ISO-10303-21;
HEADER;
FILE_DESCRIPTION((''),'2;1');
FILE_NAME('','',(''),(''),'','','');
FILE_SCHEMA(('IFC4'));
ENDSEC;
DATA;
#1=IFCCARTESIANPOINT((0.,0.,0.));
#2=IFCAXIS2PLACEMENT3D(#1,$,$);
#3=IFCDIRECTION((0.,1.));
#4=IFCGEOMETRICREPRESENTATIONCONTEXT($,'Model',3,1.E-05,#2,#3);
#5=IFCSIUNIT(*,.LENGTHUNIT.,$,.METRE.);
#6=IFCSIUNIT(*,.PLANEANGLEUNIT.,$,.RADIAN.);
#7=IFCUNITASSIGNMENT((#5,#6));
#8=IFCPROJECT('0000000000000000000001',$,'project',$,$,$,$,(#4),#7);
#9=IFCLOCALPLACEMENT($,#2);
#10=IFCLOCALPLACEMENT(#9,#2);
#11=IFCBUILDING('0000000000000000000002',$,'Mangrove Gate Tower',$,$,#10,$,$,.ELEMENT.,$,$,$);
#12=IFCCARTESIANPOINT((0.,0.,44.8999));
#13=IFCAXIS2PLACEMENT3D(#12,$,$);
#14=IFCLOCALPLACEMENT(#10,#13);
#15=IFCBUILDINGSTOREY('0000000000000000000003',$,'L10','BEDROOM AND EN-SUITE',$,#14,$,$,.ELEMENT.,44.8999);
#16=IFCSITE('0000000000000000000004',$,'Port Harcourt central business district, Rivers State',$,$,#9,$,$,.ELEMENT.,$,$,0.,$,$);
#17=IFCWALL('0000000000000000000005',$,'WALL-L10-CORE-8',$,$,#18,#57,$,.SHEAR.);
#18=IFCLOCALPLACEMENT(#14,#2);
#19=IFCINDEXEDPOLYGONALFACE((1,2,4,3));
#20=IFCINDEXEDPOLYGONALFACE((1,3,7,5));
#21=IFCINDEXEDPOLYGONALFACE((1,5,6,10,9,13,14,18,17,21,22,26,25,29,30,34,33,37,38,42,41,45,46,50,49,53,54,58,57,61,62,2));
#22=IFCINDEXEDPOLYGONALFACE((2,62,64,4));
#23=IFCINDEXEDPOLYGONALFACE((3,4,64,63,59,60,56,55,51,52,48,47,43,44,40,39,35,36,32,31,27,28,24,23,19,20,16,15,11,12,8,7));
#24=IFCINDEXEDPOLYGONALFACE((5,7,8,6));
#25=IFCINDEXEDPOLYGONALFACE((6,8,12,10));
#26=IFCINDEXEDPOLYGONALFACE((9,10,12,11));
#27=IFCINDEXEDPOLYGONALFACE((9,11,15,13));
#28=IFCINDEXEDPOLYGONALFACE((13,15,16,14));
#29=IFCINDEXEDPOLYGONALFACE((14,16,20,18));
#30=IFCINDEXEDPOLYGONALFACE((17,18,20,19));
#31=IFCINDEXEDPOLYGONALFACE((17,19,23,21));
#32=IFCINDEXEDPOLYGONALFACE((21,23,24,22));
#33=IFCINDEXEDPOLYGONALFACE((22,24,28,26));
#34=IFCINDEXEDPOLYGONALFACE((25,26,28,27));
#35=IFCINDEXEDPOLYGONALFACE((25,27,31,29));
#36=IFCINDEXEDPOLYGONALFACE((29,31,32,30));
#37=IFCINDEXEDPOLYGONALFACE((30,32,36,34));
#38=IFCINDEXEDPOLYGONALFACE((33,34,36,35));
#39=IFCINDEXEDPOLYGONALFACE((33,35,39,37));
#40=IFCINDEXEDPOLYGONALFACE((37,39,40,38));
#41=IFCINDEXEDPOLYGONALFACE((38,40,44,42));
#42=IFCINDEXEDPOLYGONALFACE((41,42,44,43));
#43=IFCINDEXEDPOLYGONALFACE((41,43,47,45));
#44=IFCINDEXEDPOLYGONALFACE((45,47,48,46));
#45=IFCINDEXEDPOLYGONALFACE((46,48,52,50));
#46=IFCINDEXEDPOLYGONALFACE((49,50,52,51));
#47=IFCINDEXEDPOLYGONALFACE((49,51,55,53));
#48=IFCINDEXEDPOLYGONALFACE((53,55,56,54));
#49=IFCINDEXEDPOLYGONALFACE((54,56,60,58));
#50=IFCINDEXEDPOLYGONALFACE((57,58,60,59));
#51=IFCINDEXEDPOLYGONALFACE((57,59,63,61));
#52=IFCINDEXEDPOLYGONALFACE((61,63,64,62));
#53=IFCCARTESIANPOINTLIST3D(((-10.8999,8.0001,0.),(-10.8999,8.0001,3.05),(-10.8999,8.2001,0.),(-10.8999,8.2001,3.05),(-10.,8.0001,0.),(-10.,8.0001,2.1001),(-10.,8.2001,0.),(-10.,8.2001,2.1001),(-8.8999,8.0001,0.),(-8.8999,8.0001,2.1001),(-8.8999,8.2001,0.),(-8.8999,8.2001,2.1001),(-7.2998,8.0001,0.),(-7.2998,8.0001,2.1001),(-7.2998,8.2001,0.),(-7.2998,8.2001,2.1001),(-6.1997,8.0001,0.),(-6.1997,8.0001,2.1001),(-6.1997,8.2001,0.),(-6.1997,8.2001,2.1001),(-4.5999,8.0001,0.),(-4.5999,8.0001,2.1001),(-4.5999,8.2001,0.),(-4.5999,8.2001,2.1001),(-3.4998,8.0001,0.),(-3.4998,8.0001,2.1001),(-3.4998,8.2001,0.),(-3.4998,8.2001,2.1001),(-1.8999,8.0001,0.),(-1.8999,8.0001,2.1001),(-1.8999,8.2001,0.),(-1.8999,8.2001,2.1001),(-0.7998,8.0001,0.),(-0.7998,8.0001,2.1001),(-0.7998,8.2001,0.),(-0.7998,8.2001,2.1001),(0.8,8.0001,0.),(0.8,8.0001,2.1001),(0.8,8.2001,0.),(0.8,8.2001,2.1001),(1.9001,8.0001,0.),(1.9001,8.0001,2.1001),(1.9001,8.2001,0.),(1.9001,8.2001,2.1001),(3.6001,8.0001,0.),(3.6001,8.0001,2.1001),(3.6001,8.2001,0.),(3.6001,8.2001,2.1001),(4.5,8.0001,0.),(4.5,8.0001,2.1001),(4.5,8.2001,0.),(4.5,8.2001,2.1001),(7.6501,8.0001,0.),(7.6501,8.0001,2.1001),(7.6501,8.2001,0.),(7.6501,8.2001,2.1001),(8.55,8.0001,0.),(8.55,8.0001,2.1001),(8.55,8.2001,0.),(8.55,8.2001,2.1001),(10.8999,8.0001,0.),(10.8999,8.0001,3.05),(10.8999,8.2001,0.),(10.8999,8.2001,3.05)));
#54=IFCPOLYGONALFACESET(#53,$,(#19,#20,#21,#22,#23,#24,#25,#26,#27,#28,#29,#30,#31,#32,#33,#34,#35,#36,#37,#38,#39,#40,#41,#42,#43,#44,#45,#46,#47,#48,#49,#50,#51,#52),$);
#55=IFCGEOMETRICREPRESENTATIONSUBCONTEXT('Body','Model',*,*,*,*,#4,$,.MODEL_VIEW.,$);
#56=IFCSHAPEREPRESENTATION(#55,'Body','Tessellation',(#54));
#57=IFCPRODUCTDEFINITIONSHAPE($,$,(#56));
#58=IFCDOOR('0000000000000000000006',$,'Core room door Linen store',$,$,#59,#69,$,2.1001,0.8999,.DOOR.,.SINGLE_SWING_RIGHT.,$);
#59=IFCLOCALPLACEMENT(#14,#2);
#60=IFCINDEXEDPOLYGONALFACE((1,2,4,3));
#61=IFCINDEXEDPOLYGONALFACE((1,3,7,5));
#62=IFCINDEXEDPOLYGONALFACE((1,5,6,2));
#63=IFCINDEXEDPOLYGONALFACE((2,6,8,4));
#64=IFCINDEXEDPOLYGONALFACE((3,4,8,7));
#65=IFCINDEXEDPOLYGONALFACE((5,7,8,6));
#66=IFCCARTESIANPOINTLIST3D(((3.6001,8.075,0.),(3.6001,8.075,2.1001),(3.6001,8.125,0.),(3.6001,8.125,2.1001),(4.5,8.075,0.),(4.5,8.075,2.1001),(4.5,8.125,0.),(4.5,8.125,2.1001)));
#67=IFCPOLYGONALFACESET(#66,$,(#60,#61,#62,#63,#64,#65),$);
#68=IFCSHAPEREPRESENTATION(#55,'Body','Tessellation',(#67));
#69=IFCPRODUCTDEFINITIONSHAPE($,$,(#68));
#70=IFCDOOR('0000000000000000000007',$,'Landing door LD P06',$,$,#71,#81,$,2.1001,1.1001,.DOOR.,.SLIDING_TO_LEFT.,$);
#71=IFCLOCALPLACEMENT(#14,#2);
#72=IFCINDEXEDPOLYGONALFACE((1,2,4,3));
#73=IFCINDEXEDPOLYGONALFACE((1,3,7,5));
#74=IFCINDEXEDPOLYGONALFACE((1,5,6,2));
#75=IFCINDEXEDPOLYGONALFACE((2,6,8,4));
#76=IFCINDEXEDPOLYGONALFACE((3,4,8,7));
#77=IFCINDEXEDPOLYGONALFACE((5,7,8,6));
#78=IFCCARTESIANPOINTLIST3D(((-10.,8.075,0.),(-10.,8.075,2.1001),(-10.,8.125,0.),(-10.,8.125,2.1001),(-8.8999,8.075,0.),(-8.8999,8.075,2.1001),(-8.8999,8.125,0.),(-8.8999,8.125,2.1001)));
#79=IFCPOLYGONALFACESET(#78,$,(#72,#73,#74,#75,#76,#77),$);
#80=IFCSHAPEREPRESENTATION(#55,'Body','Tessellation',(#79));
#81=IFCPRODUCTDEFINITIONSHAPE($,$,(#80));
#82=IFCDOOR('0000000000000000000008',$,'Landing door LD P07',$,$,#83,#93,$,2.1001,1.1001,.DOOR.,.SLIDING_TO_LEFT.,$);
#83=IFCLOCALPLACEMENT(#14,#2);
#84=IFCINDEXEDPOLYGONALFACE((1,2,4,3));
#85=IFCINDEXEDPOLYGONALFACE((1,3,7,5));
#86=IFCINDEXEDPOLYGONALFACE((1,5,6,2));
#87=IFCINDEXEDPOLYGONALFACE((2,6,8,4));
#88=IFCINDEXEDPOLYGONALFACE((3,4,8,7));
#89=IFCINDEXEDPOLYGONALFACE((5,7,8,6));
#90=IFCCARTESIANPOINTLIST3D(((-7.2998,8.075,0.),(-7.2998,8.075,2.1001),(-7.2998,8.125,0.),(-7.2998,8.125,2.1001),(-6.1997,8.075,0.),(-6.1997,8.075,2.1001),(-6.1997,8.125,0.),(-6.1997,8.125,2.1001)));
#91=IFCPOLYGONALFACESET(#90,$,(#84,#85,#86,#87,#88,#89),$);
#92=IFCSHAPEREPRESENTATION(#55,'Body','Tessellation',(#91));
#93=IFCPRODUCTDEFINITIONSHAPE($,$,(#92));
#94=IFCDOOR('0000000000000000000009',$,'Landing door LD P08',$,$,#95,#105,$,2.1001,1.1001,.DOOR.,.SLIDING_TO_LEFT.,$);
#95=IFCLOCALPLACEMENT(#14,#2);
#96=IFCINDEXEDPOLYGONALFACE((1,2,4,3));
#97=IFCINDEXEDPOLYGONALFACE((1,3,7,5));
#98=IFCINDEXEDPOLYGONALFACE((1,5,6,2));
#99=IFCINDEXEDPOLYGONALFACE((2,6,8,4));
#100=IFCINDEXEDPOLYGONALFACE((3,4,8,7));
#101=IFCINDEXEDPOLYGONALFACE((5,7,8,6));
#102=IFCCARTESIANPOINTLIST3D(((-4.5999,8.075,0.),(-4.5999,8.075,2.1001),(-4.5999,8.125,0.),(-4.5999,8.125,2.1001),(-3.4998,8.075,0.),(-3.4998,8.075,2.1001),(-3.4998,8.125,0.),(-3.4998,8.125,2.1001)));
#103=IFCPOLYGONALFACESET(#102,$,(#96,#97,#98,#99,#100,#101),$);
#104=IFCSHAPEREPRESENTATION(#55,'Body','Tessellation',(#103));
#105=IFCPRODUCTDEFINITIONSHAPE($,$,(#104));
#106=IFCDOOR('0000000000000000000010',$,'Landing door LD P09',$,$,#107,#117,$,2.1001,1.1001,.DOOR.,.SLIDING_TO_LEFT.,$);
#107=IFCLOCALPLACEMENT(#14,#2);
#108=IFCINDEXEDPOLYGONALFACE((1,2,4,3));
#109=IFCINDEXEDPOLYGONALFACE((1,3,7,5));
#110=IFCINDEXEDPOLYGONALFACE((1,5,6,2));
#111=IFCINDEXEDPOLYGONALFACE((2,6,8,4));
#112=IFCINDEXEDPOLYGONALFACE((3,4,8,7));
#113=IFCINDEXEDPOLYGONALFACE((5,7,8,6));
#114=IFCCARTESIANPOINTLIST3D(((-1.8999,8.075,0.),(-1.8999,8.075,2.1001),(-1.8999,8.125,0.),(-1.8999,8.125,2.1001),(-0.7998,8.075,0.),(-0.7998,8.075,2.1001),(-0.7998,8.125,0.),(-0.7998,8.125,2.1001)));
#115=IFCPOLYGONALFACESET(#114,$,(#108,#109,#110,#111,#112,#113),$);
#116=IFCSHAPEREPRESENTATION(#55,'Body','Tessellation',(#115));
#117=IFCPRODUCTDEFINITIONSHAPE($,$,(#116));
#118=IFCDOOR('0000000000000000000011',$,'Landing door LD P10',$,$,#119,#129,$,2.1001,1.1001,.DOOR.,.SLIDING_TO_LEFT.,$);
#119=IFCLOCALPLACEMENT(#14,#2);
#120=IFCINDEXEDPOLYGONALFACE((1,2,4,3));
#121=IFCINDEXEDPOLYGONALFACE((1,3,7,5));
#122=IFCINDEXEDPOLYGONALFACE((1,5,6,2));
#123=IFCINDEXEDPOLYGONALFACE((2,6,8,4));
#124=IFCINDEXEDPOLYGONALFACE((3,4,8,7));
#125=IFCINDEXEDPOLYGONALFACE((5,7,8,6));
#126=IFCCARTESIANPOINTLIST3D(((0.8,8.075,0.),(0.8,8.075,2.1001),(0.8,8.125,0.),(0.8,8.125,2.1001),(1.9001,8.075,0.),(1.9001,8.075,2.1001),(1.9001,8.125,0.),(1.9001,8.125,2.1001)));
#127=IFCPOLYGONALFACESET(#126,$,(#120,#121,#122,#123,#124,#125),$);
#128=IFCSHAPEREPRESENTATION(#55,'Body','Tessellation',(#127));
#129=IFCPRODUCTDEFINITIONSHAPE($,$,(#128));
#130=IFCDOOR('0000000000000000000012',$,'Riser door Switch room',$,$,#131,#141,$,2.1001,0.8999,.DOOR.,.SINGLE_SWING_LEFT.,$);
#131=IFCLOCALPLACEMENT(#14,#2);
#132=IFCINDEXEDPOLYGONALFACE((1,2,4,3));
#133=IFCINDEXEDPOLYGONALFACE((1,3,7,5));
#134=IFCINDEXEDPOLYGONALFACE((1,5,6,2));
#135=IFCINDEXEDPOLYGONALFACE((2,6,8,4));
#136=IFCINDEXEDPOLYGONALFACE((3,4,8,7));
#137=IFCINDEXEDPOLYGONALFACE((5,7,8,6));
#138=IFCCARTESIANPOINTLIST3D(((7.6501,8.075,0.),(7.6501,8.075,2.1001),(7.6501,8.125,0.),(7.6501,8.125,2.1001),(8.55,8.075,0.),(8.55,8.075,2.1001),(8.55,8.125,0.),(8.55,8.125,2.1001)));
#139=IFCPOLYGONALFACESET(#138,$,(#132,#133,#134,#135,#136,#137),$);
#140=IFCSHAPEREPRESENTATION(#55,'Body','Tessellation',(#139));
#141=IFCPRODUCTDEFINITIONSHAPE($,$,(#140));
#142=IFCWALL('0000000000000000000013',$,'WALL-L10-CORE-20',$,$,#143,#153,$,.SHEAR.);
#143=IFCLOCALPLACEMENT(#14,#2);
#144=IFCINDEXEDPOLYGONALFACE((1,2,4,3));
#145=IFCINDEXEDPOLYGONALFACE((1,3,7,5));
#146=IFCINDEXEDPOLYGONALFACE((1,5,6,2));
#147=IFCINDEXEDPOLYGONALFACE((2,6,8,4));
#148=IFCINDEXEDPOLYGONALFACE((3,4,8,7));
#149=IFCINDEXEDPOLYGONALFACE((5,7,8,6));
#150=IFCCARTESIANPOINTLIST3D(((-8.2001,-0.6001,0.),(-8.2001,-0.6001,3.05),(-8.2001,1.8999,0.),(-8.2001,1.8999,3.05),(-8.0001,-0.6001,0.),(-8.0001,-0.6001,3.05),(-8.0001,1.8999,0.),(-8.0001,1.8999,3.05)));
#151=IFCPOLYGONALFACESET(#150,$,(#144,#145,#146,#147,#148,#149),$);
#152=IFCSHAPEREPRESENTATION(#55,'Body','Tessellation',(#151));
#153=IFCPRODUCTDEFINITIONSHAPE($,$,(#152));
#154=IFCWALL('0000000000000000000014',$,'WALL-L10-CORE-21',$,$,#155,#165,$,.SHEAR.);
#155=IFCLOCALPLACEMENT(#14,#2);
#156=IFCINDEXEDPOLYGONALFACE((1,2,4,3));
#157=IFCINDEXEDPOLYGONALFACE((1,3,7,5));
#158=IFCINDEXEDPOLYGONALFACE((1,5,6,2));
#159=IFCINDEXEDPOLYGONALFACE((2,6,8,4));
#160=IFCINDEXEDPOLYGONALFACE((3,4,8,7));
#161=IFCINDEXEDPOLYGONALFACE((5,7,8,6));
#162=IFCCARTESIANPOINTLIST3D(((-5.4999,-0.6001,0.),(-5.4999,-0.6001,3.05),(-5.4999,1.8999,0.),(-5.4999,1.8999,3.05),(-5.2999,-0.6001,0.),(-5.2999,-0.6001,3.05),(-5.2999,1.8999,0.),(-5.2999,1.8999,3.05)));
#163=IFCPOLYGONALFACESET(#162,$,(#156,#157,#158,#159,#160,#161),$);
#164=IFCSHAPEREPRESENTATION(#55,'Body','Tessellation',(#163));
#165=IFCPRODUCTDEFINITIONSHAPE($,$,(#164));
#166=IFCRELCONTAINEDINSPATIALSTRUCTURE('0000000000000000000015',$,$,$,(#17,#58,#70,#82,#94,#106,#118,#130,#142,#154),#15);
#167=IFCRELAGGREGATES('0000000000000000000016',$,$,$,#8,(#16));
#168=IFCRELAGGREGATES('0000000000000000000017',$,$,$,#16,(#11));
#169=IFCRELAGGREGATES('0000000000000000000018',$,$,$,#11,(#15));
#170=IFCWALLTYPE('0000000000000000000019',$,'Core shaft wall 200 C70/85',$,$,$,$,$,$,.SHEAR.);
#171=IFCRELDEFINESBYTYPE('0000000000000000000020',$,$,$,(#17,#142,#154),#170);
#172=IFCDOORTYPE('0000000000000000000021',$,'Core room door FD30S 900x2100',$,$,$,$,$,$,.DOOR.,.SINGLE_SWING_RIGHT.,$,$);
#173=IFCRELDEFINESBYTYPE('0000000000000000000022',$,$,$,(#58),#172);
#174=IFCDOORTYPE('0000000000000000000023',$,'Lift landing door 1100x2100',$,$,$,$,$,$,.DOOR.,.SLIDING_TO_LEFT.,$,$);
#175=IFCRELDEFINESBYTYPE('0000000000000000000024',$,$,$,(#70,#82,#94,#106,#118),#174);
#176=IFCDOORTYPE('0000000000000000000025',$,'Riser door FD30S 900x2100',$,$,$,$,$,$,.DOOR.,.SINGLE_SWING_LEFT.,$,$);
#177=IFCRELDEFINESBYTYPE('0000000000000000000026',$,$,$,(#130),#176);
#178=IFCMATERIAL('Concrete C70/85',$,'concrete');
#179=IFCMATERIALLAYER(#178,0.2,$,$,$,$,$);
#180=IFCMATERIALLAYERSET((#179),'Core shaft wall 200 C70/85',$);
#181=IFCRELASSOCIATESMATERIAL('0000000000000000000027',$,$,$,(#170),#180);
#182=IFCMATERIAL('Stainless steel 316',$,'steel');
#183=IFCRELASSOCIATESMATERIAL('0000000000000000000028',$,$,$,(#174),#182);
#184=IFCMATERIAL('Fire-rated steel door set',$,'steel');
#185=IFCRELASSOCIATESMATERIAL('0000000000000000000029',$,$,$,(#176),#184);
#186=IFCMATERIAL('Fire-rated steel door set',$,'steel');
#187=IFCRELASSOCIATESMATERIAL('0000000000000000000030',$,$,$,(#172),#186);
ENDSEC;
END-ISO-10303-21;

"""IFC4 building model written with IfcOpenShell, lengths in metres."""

from ifc_helpers import new_model, si_unit, direction, frame, frame_2d, origin, place, context, subcontext, project, spatial, rectangle, extrude, material, layer, layer_set, type_object, element, fill, save


model = new_model("IFC4")

# Units and contexts
model_context = context("Model", 3, precision=1e-05, world=origin(), true_north=direction((0.0, 1.0)))
body_context = subcontext(model_context, "Body", "Model", "MODEL_VIEW")
ifc_project = project(units=[si_unit("LENGTHUNIT", "METRE"), si_unit("PLANEANGLEUNIT", "RADIAN")], contexts=[model_context])

# Site, building, storey
site_placement = place(None, origin())
site = spatial("IfcSite", under=ifc_project, at=site_placement, Name="Port Harcourt central business district, Rivers State", CompositionType="ELEMENT", RefElevation=0.0)
building_placement = place(site_placement, origin())
building = spatial("IfcBuilding", under=site, at=building_placement, Name="Mangrove Gate Tower", CompositionType="ELEMENT")
storey_placement = place(building_placement, frame((0.0, 0.0, 44.8999)))
storey = spatial("IfcBuildingStorey", under=building, at=storey_placement, Name="L10", Description="BEDROOM AND EN-SUITE", CompositionType="ELEMENT", Elevation=44.8999)

# Wall, openings, doors
ifc_material_1 = material(Name="Concrete C70/85", Category="concrete")
ifc_layer = layer(ifc_material_1, 0.2)
ifc_layer_set = layer_set([ifc_layer], Name="Core shaft wall 200 C70/85")
wall_type = type_object("IfcWallType", Name="Core shaft wall 200 C70/85", PredefinedType="SHEAR", material=ifc_layer_set)
ifc_material_2 = material(Name="Stainless steel 316", Category="steel")
door_type_1 = type_object("IfcDoorType", Name="Lift landing door 1100x2100", OperationType="SLIDING_TO_LEFT", PredefinedType="DOOR", material=ifc_material_2)
ifc_material_3 = material(Name="Fire-rated steel door set", Category="steel")
door_type_2 = type_object("IfcDoorType", Name="Riser door FD30S 900x2100", OperationType="SINGLE_SWING_LEFT", PredefinedType="DOOR", material=ifc_material_3)
wall_1_placement = place(storey_placement, frame((-10.8999, 8.1001, 0.0), z_axis=(0.0, 0.0, 1.0), x_axis=(1.0, 0.0, 0.0)))
wall_1 = element("IfcWall", 1, at=wall_1_placement, inside=storey, type_object=wall_type, Name="WALL-L10-CORE-8", PredefinedType="SHEAR", context=body_context, shape_type="SweptSolid", body=[
    extrude(rectangle(XDim=21.7998, YDim=0.2, at=frame_2d((10.8999, 0.0))), origin(), (0.0, 0.0, 1.0), 3.05),
])
opening_1_placement = place(wall_1_placement, frame((0.8999, 0.0, 0.0)))
opening_1 = element("IfcOpeningElement", 2, at=opening_1_placement, cuts=wall_1, PredefinedType="OPENING", context=body_context, shape_type="SweptSolid", body=[
    extrude(rectangle(XDim=1.1001, YDim=2.1001, at=frame_2d((0.55, 1.05))), frame((0.0, 0.1099, 0.0), z_axis=(0.0, -1.0, 0.0), x_axis=(1.0, 0.0, 0.0)), (0.0, 0.0, 1.0), 0.22),
])
opening_2_placement = place(wall_1_placement, frame((3.6001, 0.0, 0.0)))
opening_2 = element("IfcOpeningElement", 3, at=opening_2_placement, cuts=wall_1, PredefinedType="OPENING", context=body_context, shape_type="SweptSolid", body=[
    extrude(rectangle(XDim=1.1001, YDim=2.1001, at=frame_2d((0.55, 1.05))), frame((0.0, 0.1099, 0.0), z_axis=(0.0, -1.0, 0.0), x_axis=(1.0, 0.0, 0.0)), (0.0, 0.0, 1.0), 0.22),
])
opening_3_placement = place(wall_1_placement, frame((6.3, 0.0, 0.0)))
opening_3 = element("IfcOpeningElement", 4, at=opening_3_placement, cuts=wall_1, PredefinedType="OPENING", context=body_context, shape_type="SweptSolid", body=[
    extrude(rectangle(XDim=1.1001, YDim=2.1001, at=frame_2d((0.55, 1.05))), frame((0.0, 0.1099, 0.0), z_axis=(0.0, -1.0, 0.0), x_axis=(1.0, 0.0, 0.0)), (0.0, 0.0, 1.0), 0.22),
])
opening_4_placement = place(wall_1_placement, frame((9.0, 0.0, 0.0)))
opening_4 = element("IfcOpeningElement", 5, at=opening_4_placement, cuts=wall_1, PredefinedType="OPENING", context=body_context, shape_type="SweptSolid", body=[
    extrude(rectangle(XDim=1.1001, YDim=2.1001, at=frame_2d((0.55, 1.05))), frame((0.0, 0.1099, 0.0), z_axis=(0.0, -1.0, 0.0), x_axis=(1.0, 0.0, 0.0)), (0.0, 0.0, 1.0), 0.22),
])
opening_5_placement = place(wall_1_placement, frame((11.7, 0.0, 0.0)))
opening_5 = element("IfcOpeningElement", 6, at=opening_5_placement, cuts=wall_1, PredefinedType="OPENING", context=body_context, shape_type="SweptSolid", body=[
    extrude(rectangle(XDim=1.1001, YDim=2.1001, at=frame_2d((0.55, 1.05))), frame((0.0, 0.1099, 0.0), z_axis=(0.0, -1.0, 0.0), x_axis=(1.0, 0.0, 0.0)), (0.0, 0.0, 1.0), 0.22),
])
opening_6_placement = place(wall_1_placement, frame((14.5, 0.0, 0.0)))
opening_6 = element("IfcOpeningElement", 7, at=opening_6_placement, cuts=wall_1, PredefinedType="OPENING", context=body_context, shape_type="SweptSolid", body=[
    extrude(rectangle(XDim=0.8999, YDim=2.1001, at=frame_2d((0.45, 1.05))), frame((0.0, 0.1099, 0.0), z_axis=(0.0, -1.0, 0.0), x_axis=(1.0, 0.0, 0.0)), (0.0, 0.0, 1.0), 0.22),
])
opening_7_placement = place(wall_1_placement, frame((18.55, 0.0, 0.0)))
opening_7 = element("IfcOpeningElement", 8, at=opening_7_placement, cuts=wall_1, PredefinedType="OPENING", context=body_context, shape_type="SweptSolid", body=[
    extrude(rectangle(XDim=0.8999, YDim=2.1001, at=frame_2d((0.45, 1.05))), frame((0.0, 0.1099, 0.0), z_axis=(0.0, -1.0, 0.0), x_axis=(1.0, 0.0, 0.0)), (0.0, 0.0, 1.0), 0.22),
])
ifc_material_4 = material(Name="Fire-rated steel door set", Category="steel")
door_type_3 = type_object("IfcDoorType", Name="Core room door FD30S 900x2100", OperationType="SINGLE_SWING_RIGHT", PredefinedType="DOOR", material=ifc_material_4)
door_1_placement = place(opening_6_placement, origin())
door_1 = element("IfcDoor", 9, at=door_1_placement, inside=storey, type_object=door_type_3, Name="Core room door Linen store", OperationType="SINGLE_SWING_RIGHT", OverallHeight=2.1001, OverallWidth=0.8999, PredefinedType="DOOR", context=body_context, shape_type="SweptSolid", body=[
    extrude(rectangle(XDim=0.8999, YDim=2.1001, at=frame_2d((0.45, 1.05))), frame((0.0, 0.0249, 0.0), z_axis=(0.0, -1.0, 0.0), x_axis=(1.0, 0.0, 0.0)), (0.0, 0.0, 1.0), 0.05),
])
fill(opening_6, door_1)
door_2_placement = place(opening_1_placement, origin())
door_2 = element("IfcDoor", 10, at=door_2_placement, inside=storey, type_object=door_type_1, Name="Landing door LD P06", OperationType="SLIDING_TO_LEFT", OverallHeight=2.1001, OverallWidth=1.1001, PredefinedType="DOOR", context=body_context, shape_type="SweptSolid", body=[
    extrude(rectangle(XDim=1.1001, YDim=2.1001, at=frame_2d((0.55, 1.05))), frame((0.0, 0.0249, 0.0), z_axis=(0.0, -1.0, 0.0), x_axis=(1.0, 0.0, 0.0)), (0.0, 0.0, 1.0), 0.05),
])
fill(opening_1, door_2)
door_3_placement = place(opening_2_placement, origin())
door_3 = element("IfcDoor", 11, at=door_3_placement, inside=storey, type_object=door_type_1, Name="Landing door LD P07", OperationType="SLIDING_TO_LEFT", OverallHeight=2.1001, OverallWidth=1.1001, PredefinedType="DOOR", context=body_context, shape_type="SweptSolid", body=[
    extrude(rectangle(XDim=1.1001, YDim=2.1001, at=frame_2d((0.55, 1.05))), frame((0.0, 0.0249, 0.0), z_axis=(0.0, -1.0, 0.0), x_axis=(1.0, 0.0, 0.0)), (0.0, 0.0, 1.0), 0.05),
])
fill(opening_2, door_3)
door_4_placement = place(opening_3_placement, origin())
door_4 = element("IfcDoor", 12, at=door_4_placement, inside=storey, type_object=door_type_1, Name="Landing door LD P08", OperationType="SLIDING_TO_LEFT", OverallHeight=2.1001, OverallWidth=1.1001, PredefinedType="DOOR", context=body_context, shape_type="SweptSolid", body=[
    extrude(rectangle(XDim=1.1001, YDim=2.1001, at=frame_2d((0.55, 1.05))), frame((0.0, 0.0249, 0.0), z_axis=(0.0, -1.0, 0.0), x_axis=(1.0, 0.0, 0.0)), (0.0, 0.0, 1.0), 0.05),
])
fill(opening_3, door_4)
door_5_placement = place(opening_4_placement, origin())
door_5 = element("IfcDoor", 13, at=door_5_placement, inside=storey, type_object=door_type_1, Name="Landing door LD P09", OperationType="SLIDING_TO_LEFT", OverallHeight=2.1001, OverallWidth=1.1001, PredefinedType="DOOR", context=body_context, shape_type="SweptSolid", body=[
    extrude(rectangle(XDim=1.1001, YDim=2.1001, at=frame_2d((0.55, 1.05))), frame((0.0, 0.0249, 0.0), z_axis=(0.0, -1.0, 0.0), x_axis=(1.0, 0.0, 0.0)), (0.0, 0.0, 1.0), 0.05),
])
fill(opening_4, door_5)
door_6_placement = place(opening_5_placement, origin())
door_6 = element("IfcDoor", 14, at=door_6_placement, inside=storey, type_object=door_type_1, Name="Landing door LD P10", OperationType="SLIDING_TO_LEFT", OverallHeight=2.1001, OverallWidth=1.1001, PredefinedType="DOOR", context=body_context, shape_type="SweptSolid", body=[
    extrude(rectangle(XDim=1.1001, YDim=2.1001, at=frame_2d((0.55, 1.05))), frame((0.0, 0.0249, 0.0), z_axis=(0.0, -1.0, 0.0), x_axis=(1.0, 0.0, 0.0)), (0.0, 0.0, 1.0), 0.05),
])
fill(opening_5, door_6)
door_7_placement = place(opening_7_placement, origin())
door_7 = element("IfcDoor", 15, at=door_7_placement, inside=storey, type_object=door_type_2, Name="Riser door Switch room", OperationType="SINGLE_SWING_LEFT", OverallHeight=2.1001, OverallWidth=0.8999, PredefinedType="DOOR", context=body_context, shape_type="SweptSolid", body=[
    extrude(rectangle(XDim=0.8999, YDim=2.1001, at=frame_2d((0.45, 1.05))), frame((0.0, 0.0249, 0.0), z_axis=(0.0, -1.0, 0.0), x_axis=(1.0, 0.0, 0.0)), (0.0, 0.0, 1.0), 0.05),
])
fill(opening_7, door_7)

# Walls
for number, where, z_axis, x_axis, name in (
    (16, (-8.1001, -0.6001, 0.0), (0.0, 0.0, 1.0), (0.0, 1.0, 0.0), "WALL-L10-CORE-20"),
    (17, (-5.3999, -0.6001, 0.0), (0.0, 0.0, 1.0), (0.0, 1.0, 0.0), "WALL-L10-CORE-21"),
):
    element("IfcWall", number, at=place(storey_placement, frame(where, z_axis=z_axis, x_axis=x_axis)), inside=storey, type_object=wall_type, Name=name, PredefinedType="SHEAR", context=body_context, shape_type="SweptSolid", body=[
        extrude(rectangle(XDim=2.5, YDim=0.2, at=frame_2d((1.25, 0.0))), origin(), (0.0, 0.0, 1.0), 3.05),
    ])

save(model, "model.ifc")
